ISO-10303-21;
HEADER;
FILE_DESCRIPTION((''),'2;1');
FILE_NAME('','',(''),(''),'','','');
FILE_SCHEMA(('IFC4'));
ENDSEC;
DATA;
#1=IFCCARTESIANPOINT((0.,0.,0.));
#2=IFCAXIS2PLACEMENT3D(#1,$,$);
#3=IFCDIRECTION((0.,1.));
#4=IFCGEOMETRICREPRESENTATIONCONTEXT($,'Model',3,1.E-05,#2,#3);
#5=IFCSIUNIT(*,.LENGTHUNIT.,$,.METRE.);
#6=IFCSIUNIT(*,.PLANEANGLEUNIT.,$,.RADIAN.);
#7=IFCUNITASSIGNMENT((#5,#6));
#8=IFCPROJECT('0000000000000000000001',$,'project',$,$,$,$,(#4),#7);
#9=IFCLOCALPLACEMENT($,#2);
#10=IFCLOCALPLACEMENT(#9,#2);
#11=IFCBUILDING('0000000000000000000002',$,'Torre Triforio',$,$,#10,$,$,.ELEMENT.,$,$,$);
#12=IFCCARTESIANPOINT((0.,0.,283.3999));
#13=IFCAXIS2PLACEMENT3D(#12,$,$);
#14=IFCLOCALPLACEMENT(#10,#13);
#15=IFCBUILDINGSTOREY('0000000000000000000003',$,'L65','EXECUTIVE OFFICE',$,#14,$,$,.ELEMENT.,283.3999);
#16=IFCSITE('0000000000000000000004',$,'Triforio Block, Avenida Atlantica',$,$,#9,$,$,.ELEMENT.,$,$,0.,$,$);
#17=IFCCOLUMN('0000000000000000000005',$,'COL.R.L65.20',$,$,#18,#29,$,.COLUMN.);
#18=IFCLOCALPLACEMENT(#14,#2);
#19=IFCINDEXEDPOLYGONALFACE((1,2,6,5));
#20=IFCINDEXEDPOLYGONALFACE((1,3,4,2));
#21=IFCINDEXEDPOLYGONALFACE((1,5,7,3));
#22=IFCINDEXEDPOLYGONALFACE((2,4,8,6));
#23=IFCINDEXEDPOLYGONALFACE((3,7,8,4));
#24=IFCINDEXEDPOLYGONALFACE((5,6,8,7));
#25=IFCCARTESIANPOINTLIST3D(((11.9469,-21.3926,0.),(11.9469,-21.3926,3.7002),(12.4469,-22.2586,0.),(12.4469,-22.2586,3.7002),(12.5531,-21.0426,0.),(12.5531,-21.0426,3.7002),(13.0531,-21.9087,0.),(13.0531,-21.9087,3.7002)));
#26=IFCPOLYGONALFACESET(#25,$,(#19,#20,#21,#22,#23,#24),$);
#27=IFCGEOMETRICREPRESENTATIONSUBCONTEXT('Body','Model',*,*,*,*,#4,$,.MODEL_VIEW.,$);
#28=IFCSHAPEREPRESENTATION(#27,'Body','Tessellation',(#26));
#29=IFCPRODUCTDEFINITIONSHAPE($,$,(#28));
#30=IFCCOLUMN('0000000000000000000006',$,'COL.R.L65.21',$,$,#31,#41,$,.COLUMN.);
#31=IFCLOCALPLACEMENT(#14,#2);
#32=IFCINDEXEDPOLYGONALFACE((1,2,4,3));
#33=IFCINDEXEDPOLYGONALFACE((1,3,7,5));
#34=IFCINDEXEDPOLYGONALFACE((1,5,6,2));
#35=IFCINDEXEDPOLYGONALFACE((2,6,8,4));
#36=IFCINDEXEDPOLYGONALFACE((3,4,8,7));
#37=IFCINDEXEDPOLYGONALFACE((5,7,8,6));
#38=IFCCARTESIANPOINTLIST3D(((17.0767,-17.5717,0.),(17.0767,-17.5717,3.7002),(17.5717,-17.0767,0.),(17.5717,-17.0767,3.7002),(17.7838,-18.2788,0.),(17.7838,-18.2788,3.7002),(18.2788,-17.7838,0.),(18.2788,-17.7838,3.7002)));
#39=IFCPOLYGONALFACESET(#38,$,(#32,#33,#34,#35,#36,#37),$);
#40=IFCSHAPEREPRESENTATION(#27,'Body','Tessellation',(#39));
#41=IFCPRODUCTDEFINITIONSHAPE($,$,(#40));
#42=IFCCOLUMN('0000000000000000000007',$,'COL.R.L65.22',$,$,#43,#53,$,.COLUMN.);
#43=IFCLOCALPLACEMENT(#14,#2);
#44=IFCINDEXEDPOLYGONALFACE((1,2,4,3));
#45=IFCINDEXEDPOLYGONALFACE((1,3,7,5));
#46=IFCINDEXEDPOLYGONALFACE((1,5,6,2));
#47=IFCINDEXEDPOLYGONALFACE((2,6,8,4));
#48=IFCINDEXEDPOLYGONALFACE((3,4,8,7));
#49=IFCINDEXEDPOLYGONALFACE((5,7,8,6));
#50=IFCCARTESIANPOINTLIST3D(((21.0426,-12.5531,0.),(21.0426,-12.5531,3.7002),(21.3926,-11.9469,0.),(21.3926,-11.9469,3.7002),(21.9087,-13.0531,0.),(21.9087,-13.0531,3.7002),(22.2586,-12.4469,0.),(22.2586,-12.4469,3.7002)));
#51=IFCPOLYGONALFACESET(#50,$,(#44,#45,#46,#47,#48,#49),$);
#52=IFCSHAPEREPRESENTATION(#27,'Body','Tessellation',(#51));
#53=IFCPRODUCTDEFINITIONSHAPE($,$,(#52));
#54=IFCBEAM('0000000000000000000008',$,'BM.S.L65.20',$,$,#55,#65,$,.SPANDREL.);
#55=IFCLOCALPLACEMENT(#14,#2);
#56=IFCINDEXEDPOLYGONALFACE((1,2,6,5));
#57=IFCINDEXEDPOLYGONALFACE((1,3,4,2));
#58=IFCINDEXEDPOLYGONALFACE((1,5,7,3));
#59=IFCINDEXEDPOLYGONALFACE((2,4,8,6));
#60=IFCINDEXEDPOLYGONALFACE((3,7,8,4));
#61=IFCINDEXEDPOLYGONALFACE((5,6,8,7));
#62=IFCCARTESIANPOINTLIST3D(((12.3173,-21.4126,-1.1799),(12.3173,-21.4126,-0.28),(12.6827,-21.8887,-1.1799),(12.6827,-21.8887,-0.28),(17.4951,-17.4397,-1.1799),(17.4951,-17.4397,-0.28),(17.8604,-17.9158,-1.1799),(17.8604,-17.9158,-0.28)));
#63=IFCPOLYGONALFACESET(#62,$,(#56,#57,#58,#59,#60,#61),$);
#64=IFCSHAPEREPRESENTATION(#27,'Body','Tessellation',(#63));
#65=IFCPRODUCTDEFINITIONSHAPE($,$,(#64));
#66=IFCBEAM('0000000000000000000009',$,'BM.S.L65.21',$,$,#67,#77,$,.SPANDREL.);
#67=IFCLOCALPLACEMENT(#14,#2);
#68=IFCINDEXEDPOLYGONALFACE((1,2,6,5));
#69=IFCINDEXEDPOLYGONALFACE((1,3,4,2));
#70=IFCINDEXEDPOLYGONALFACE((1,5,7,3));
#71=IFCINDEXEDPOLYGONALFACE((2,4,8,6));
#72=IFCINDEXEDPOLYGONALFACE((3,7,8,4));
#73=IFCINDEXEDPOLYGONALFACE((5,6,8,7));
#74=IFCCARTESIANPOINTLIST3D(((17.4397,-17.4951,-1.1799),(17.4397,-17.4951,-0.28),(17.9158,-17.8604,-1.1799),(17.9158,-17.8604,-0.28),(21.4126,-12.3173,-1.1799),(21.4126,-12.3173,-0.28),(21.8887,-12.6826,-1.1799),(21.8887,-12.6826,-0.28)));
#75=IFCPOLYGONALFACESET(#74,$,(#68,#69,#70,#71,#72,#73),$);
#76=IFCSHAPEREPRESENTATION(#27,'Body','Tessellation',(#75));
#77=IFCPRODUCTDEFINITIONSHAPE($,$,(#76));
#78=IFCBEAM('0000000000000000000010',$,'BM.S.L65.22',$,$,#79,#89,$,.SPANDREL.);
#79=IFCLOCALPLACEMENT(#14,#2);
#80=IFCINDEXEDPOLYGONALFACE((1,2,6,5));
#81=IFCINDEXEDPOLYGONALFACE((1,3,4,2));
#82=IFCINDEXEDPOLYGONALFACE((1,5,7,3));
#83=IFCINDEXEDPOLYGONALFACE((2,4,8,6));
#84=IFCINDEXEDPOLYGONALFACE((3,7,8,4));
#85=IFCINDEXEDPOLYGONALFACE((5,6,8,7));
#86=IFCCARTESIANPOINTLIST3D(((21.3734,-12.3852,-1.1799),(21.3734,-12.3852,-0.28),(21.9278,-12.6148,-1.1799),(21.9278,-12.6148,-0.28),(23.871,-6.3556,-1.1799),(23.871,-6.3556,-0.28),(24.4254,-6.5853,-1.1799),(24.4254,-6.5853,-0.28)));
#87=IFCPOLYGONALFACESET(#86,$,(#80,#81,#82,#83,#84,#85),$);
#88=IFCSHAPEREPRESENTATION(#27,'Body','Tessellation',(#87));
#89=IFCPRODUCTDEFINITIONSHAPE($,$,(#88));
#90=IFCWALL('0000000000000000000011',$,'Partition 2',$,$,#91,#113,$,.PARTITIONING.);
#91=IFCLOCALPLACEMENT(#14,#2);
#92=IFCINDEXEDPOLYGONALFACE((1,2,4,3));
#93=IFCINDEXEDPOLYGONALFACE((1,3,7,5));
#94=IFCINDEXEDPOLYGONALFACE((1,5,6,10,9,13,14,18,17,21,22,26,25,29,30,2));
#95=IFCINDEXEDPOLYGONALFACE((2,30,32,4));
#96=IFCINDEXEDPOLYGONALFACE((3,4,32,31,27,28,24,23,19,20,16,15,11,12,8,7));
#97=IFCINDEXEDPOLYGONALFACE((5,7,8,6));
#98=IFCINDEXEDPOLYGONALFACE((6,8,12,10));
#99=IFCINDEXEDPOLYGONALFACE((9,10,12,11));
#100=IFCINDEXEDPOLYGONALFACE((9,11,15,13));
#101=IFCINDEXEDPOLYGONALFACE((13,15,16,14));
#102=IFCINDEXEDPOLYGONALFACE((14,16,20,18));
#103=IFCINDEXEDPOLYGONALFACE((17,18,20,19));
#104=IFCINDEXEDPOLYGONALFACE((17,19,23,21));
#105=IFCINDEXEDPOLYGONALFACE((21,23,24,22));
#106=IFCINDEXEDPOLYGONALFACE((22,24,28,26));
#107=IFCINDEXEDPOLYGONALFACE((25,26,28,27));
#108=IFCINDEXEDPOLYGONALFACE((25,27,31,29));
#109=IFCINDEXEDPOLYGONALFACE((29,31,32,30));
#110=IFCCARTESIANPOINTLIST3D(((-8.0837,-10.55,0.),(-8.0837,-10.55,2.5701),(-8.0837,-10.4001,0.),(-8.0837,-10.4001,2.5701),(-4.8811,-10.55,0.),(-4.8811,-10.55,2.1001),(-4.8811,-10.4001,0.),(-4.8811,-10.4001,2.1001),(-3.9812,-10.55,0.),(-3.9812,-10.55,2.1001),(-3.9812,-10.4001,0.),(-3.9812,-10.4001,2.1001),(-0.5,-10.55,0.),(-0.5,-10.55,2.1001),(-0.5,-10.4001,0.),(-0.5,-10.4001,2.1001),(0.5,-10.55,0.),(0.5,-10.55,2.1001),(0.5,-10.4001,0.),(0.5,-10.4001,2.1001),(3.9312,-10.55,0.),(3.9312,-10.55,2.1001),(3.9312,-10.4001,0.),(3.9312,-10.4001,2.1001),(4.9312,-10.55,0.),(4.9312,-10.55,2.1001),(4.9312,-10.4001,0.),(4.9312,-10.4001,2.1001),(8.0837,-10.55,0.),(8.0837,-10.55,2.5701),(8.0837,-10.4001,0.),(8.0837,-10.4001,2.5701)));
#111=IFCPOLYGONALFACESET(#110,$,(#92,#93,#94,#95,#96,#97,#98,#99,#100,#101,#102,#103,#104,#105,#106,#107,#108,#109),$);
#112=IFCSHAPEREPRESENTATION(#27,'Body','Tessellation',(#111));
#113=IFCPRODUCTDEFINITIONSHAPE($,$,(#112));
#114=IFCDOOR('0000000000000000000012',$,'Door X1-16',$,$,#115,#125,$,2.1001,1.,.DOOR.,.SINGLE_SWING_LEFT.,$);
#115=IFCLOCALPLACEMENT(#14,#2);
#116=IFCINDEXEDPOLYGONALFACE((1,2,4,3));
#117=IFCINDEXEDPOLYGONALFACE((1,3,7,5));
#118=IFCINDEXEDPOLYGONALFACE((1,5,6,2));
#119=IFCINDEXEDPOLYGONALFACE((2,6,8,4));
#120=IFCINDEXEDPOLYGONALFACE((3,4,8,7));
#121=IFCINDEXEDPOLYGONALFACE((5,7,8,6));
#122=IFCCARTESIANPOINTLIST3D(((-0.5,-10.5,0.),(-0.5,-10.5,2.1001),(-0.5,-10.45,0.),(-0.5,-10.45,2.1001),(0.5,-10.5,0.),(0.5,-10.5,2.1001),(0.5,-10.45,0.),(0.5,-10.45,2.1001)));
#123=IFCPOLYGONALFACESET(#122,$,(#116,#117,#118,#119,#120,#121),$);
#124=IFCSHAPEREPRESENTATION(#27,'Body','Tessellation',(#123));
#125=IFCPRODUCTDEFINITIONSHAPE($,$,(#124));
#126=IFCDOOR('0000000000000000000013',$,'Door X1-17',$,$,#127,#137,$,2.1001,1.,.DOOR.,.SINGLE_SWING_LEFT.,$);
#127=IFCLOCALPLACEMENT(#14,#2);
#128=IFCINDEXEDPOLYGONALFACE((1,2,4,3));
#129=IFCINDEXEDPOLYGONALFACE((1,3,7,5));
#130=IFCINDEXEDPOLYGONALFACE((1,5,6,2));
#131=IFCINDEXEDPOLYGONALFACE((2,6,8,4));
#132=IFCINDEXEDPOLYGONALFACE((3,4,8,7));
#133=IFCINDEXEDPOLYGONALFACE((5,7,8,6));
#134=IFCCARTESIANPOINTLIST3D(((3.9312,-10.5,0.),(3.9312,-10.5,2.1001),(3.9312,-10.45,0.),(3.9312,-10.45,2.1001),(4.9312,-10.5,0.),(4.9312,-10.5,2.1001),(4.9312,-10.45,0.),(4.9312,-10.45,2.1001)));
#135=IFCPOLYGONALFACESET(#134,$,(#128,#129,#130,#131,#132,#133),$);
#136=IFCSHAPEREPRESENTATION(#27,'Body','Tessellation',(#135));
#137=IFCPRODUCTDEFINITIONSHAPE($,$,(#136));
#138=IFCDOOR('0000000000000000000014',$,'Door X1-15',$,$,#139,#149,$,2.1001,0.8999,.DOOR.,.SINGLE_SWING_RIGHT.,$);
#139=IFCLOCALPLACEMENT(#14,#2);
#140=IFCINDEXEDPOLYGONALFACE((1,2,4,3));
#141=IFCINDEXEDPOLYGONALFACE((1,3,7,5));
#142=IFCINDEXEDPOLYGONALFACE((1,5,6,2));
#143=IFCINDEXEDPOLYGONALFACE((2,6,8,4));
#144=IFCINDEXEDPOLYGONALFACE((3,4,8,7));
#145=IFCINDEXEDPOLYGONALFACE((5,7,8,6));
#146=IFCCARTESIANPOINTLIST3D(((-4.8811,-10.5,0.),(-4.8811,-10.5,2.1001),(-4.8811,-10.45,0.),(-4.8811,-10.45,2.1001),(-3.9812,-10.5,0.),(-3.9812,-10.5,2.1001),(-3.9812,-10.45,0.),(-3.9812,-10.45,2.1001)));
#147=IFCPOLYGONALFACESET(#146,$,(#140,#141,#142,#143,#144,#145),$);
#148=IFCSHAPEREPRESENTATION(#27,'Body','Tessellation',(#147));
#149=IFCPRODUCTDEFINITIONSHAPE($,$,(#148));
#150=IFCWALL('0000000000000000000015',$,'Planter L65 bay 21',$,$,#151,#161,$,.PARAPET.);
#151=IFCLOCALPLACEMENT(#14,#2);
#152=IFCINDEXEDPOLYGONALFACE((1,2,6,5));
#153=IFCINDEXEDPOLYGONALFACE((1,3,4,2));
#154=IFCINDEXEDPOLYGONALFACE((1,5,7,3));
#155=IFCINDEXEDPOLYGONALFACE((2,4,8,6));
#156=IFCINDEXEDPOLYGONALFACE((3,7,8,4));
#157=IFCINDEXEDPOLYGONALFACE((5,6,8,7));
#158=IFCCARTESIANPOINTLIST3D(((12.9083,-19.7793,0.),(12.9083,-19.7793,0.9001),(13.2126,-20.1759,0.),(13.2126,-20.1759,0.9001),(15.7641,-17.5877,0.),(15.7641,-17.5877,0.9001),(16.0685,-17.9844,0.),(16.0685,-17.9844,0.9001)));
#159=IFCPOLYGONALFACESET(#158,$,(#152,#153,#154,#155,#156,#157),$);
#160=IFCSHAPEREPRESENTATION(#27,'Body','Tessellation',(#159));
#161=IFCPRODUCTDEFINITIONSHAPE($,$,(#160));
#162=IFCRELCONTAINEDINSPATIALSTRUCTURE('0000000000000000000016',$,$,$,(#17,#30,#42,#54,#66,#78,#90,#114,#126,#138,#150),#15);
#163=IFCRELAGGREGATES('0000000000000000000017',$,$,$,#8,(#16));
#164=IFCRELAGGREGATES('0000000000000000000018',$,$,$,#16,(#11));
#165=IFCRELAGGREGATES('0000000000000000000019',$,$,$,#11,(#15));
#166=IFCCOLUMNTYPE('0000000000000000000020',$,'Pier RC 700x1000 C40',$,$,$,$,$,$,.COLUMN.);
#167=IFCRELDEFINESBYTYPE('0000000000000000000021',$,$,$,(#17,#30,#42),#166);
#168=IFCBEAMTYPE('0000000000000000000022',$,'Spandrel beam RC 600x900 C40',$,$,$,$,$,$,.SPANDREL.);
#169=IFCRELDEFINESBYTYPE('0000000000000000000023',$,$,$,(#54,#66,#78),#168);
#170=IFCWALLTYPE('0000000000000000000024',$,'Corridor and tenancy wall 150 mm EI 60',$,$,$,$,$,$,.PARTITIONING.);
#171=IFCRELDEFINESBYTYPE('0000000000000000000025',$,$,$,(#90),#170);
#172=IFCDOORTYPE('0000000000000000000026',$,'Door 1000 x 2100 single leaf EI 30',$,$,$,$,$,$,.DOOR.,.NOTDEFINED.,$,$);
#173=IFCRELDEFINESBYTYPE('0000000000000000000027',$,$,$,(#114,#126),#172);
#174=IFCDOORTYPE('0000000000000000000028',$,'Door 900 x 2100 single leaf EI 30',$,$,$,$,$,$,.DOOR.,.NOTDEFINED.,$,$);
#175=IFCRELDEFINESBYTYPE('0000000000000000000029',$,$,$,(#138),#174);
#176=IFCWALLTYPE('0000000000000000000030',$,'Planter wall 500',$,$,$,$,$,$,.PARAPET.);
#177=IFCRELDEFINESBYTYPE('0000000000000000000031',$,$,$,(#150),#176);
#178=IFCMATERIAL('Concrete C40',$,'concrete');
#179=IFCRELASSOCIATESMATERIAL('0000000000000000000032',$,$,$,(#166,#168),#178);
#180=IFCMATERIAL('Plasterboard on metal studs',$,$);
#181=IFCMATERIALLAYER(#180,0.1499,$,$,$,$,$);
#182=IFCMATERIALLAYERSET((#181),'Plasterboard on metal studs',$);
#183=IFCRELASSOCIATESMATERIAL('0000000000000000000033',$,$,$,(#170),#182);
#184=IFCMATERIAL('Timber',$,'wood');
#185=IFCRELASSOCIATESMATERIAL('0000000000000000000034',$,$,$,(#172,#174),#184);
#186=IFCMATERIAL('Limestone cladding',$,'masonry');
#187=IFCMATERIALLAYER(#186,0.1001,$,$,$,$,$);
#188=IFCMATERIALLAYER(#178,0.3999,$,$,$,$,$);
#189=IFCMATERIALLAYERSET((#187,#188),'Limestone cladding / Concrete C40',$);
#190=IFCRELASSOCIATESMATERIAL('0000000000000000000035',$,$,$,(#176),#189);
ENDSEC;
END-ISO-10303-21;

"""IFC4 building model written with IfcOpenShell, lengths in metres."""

from ifc_helpers import new_model, si_unit, direction, frame, frame_2d, origin, origin_2d, place, context, subcontext, project, spatial, rectangle, extrude, material, layer, layer_set, material_profile, profile_set, type_object, element, fill, save


model = new_model("IFC4")

# Units and contexts
model_context = context("Model", 3, precision=1e-05, world=origin(), true_north=direction((0.0, 1.0)))
body_context = subcontext(model_context, "Body", "Model", "MODEL_VIEW")
ifc_project = project(units=[si_unit("LENGTHUNIT", "METRE"), si_unit("PLANEANGLEUNIT", "RADIAN")], contexts=[model_context])

# Site, building, storey
site_placement = place(None, origin())
site = spatial("IfcSite", under=ifc_project, at=site_placement, Name="Triforio Block, Avenida Atlantica", CompositionType="ELEMENT", RefElevation=0.0)
building_placement = place(site_placement, origin())
building = spatial("IfcBuilding", under=site, at=building_placement, Name="Torre Triforio", CompositionType="ELEMENT")
storey_placement = place(building_placement, frame((0.0, 0.0, 283.3999)))
storey = spatial("IfcBuildingStorey", under=building, at=storey_placement, Name="L65", Description="EXECUTIVE OFFICE", CompositionType="ELEMENT", Elevation=283.3999)

# Columns
ifc_material_1 = material(Name="Concrete C40", Category="concrete")
ifc_material_profile_1 = material_profile(ifc_material_1, rectangle(XDim=0.7, YDim=1.0, at=origin_2d()), Name="RC 700x1000")
ifc_profile_set_1 = profile_set([ifc_material_profile_1], Name="Concrete C40")
column_type = type_object("IfcColumnType", Name="Pier RC 700x1000 C40", PredefinedType="COLUMN", material=ifc_profile_set_1)
for number, where, z_axis, x_axis, name in (
    (1, (12.5, -21.6506, 0.0), (0.0, 0.0, 1.0), (0.866025, 0.5, 0.0), "COL.R.L65.20"),
    (2, (17.6777, -17.6777, 0.0), (0.0, 0.0, 1.0), (0.707107, 0.707107, 0.0), "COL.R.L65.21"),
    (3, (21.6506, -12.5, 0.0), (0.0, 0.0, 1.0), (0.5, 0.866025, 0.0), "COL.R.L65.22"),
):
    element("IfcColumn", number, at=place(storey_placement, frame(where, z_axis=z_axis, x_axis=x_axis)), inside=storey, type_object=column_type, Name=name, PredefinedType="COLUMN", context=body_context, shape_type="SweptSolid", body=[
        extrude(rectangle(XDim=0.7, YDim=1.0, at=origin_2d()), origin(), (0.0, 0.0, 1.0), 3.7002),
    ])

# Beams
ifc_material_profile_2 = material_profile(ifc_material_1, rectangle(XDim=0.6001, YDim=0.8999, at=origin_2d()), Name="RC 600x900")
ifc_profile_set_2 = profile_set([ifc_material_profile_2], Name="Concrete C40")
beam_type = type_object("IfcBeamType", Name="Spandrel beam RC 600x900 C40", PredefinedType="SPANDREL", material=ifc_profile_set_2)
for number, where, z_axis, x_axis, name in (
    (4, (12.5, -21.6506, -0.73), (0.793362, 0.60875, 0.0), (-0.60875, 0.793362, 0.0), "BM.S.L65.20"),
    (5, (17.6777, -17.6777, -0.73), (0.60875, 0.793362, 0.0), (-0.793362, 0.60875, 0.0), "BM.S.L65.21"),
    (6, (21.6506, -12.5, -0.73), (0.382689, 0.923877, 0.0), (-0.923877, 0.382689, 0.0), "BM.S.L65.22"),
):
    element("IfcBeam", number, at=place(storey_placement, frame(where, z_axis=z_axis, x_axis=x_axis)), inside=storey, type_object=beam_type, Name=name, PredefinedType="SPANDREL", context=body_context, shape_type="SweptSolid", body=[
        extrude(rectangle(XDim=0.6001, YDim=0.8999, at=origin_2d()), origin(), (0.0, 0.0, 1.0), 6.5264),
    ])

# Wall, openings, doors
ifc_material_2 = material(Name="Plasterboard on metal studs")
ifc_layer_1 = layer(ifc_material_2, 0.1499)
ifc_layer_set_1 = layer_set([ifc_layer_1], Name="Plasterboard on metal studs")
wall_type_1 = type_object("IfcWallType", Name="Corridor and tenancy wall 150 mm EI 60", PredefinedType="PARTITIONING", material=ifc_layer_set_1)
wall_1_placement = place(storey_placement, frame((8.0837, -10.4751, 0.0), z_axis=(0.0, 0.0, 1.0), x_axis=(-1.0, 0.0, 0.0)))
wall_1 = element("IfcWall", 7, at=wall_1_placement, inside=storey, type_object=wall_type_1, Name="Partition 2", PredefinedType="PARTITIONING", context=body_context, shape_type="SweptSolid", body=[
    extrude(rectangle(XDim=16.1675, YDim=0.1499, at=frame_2d((8.0837, 0.0))), origin(), (0.0, 0.0, 1.0), 2.5701),
])
opening_1_placement = place(wall_1_placement, frame((12.0649, 0.0, 0.0)))
opening_1 = element("IfcOpeningElement", 8, at=opening_1_placement, cuts=wall_1, PredefinedType="OPENING", context=body_context, shape_type="SweptSolid", body=[
    extrude(rectangle(XDim=0.8999, YDim=2.1001, at=frame_2d((0.45, 1.05))), frame((0.0, 0.085, 0.0), z_axis=(0.0, -1.0, 0.0), x_axis=(1.0, 0.0, 0.0)), (0.0, 0.0, 1.0), 0.1699),
])
opening_2_placement = place(wall_1_placement, frame((7.5837, 0.0, 0.0)))
opening_2 = element("IfcOpeningElement", 9, at=opening_2_placement, cuts=wall_1, PredefinedType="OPENING", context=body_context, shape_type="SweptSolid", body=[
    extrude(rectangle(XDim=1.0, YDim=2.1001, at=frame_2d((0.5, 1.05))), frame((0.0, 0.085, 0.0), z_axis=(0.0, -1.0, 0.0), x_axis=(1.0, 0.0, 0.0)), (0.0, 0.0, 1.0), 0.1699),
])
opening_3_placement = place(wall_1_placement, frame((3.1526, 0.0, 0.0)))
opening_3 = element("IfcOpeningElement", 10, at=opening_3_placement, cuts=wall_1, PredefinedType="OPENING", context=body_context, shape_type="SweptSolid", body=[
    extrude(rectangle(XDim=1.0, YDim=2.1001, at=frame_2d((0.5, 1.05))), frame((0.0, 0.085, 0.0), z_axis=(0.0, -1.0, 0.0), x_axis=(1.0, 0.0, 0.0)), (0.0, 0.0, 1.0), 0.1699),
])
ifc_material_3 = material(Name="Timber", Category="wood")
door_type_1 = type_object("IfcDoorType", Name="Door 1000 x 2100 single leaf EI 30", OperationType="NOTDEFINED", PredefinedType="DOOR", material=ifc_material_3)
door_1_placement = place(opening_2_placement, origin())
door_1 = element("IfcDoor", 11, at=door_1_placement, inside=storey, type_object=door_type_1, Name="Door X1-16", OperationType="SINGLE_SWING_LEFT", OverallHeight=2.1001, OverallWidth=1.0, PredefinedType="DOOR", context=body_context, shape_type="SweptSolid", body=[
    extrude(rectangle(XDim=1.0, YDim=2.1001, at=frame_2d((0.5, 1.05))), frame((0.0, 0.0249, 0.0), z_axis=(0.0, -1.0, 0.0), x_axis=(1.0, 0.0, 0.0)), (0.0, 0.0, 1.0), 0.05),
])
fill(opening_2, door_1)
door_2_placement = place(opening_3_placement, origin())
door_2 = element("IfcDoor", 12, at=door_2_placement, inside=storey, type_object=door_type_1, Name="Door X1-17", OperationType="SINGLE_SWING_LEFT", OverallHeight=2.1001, OverallWidth=1.0, PredefinedType="DOOR", context=body_context, shape_type="SweptSolid", body=[
    extrude(rectangle(XDim=1.0, YDim=2.1001, at=frame_2d((0.5, 1.05))), frame((0.0, 0.0249, 0.0), z_axis=(0.0, -1.0, 0.0), x_axis=(1.0, 0.0, 0.0)), (0.0, 0.0, 1.0), 0.05),
])
fill(opening_3, door_2)
door_type_2 = type_object("IfcDoorType", Name="Door 900 x 2100 single leaf EI 30", OperationType="NOTDEFINED", PredefinedType="DOOR", material=ifc_material_3)
door_3_placement = place(opening_1_placement, origin())
door_3 = element("IfcDoor", 13, at=door_3_placement, inside=storey, type_object=door_type_2, Name="Door X1-15", OperationType="SINGLE_SWING_RIGHT", OverallHeight=2.1001, OverallWidth=0.8999, PredefinedType="DOOR", context=body_context, shape_type="SweptSolid", body=[
    extrude(rectangle(XDim=0.8999, YDim=2.1001, at=frame_2d((0.45, 1.05))), frame((0.0, 0.0249, 0.0), z_axis=(0.0, -1.0, 0.0), x_axis=(1.0, 0.0, 0.0)), (0.0, 0.0, 1.0), 0.05),
])
fill(opening_1, door_3)

# Wall
ifc_material_4 = material(Name="Limestone cladding", Category="masonry")
ifc_layer_2 = layer(ifc_material_4, 0.1001)
ifc_layer_3 = layer(ifc_material_1, 0.3999)
ifc_layer_set_2 = layer_set([ifc_layer_2, ifc_layer_3], Name="Limestone cladding / Concrete C40")
wall_type_2 = type_object("IfcWallType", Name="Planter wall 500", PredefinedType="PARAPET", material=ifc_layer_set_2)
wall_2_placement = place(storey_placement, frame((13.0605, -19.9775, 0.0), z_axis=(0.0, 0.0, 1.0), x_axis=(0.793327, 0.608796, 0.0)))
element("IfcWall", 14, at=wall_2_placement, inside=storey, type_object=wall_type_2, Name="Planter L65 bay 21", PredefinedType="PARAPET", context=body_context, shape_type="SweptSolid", body=[
    extrude(rectangle(XDim=3.5999, YDim=0.5, at=frame_2d((1.7998, 0.0))), origin(), (0.0, 0.0, 1.0), 0.9001),
])

save(model, "model.ifc")
